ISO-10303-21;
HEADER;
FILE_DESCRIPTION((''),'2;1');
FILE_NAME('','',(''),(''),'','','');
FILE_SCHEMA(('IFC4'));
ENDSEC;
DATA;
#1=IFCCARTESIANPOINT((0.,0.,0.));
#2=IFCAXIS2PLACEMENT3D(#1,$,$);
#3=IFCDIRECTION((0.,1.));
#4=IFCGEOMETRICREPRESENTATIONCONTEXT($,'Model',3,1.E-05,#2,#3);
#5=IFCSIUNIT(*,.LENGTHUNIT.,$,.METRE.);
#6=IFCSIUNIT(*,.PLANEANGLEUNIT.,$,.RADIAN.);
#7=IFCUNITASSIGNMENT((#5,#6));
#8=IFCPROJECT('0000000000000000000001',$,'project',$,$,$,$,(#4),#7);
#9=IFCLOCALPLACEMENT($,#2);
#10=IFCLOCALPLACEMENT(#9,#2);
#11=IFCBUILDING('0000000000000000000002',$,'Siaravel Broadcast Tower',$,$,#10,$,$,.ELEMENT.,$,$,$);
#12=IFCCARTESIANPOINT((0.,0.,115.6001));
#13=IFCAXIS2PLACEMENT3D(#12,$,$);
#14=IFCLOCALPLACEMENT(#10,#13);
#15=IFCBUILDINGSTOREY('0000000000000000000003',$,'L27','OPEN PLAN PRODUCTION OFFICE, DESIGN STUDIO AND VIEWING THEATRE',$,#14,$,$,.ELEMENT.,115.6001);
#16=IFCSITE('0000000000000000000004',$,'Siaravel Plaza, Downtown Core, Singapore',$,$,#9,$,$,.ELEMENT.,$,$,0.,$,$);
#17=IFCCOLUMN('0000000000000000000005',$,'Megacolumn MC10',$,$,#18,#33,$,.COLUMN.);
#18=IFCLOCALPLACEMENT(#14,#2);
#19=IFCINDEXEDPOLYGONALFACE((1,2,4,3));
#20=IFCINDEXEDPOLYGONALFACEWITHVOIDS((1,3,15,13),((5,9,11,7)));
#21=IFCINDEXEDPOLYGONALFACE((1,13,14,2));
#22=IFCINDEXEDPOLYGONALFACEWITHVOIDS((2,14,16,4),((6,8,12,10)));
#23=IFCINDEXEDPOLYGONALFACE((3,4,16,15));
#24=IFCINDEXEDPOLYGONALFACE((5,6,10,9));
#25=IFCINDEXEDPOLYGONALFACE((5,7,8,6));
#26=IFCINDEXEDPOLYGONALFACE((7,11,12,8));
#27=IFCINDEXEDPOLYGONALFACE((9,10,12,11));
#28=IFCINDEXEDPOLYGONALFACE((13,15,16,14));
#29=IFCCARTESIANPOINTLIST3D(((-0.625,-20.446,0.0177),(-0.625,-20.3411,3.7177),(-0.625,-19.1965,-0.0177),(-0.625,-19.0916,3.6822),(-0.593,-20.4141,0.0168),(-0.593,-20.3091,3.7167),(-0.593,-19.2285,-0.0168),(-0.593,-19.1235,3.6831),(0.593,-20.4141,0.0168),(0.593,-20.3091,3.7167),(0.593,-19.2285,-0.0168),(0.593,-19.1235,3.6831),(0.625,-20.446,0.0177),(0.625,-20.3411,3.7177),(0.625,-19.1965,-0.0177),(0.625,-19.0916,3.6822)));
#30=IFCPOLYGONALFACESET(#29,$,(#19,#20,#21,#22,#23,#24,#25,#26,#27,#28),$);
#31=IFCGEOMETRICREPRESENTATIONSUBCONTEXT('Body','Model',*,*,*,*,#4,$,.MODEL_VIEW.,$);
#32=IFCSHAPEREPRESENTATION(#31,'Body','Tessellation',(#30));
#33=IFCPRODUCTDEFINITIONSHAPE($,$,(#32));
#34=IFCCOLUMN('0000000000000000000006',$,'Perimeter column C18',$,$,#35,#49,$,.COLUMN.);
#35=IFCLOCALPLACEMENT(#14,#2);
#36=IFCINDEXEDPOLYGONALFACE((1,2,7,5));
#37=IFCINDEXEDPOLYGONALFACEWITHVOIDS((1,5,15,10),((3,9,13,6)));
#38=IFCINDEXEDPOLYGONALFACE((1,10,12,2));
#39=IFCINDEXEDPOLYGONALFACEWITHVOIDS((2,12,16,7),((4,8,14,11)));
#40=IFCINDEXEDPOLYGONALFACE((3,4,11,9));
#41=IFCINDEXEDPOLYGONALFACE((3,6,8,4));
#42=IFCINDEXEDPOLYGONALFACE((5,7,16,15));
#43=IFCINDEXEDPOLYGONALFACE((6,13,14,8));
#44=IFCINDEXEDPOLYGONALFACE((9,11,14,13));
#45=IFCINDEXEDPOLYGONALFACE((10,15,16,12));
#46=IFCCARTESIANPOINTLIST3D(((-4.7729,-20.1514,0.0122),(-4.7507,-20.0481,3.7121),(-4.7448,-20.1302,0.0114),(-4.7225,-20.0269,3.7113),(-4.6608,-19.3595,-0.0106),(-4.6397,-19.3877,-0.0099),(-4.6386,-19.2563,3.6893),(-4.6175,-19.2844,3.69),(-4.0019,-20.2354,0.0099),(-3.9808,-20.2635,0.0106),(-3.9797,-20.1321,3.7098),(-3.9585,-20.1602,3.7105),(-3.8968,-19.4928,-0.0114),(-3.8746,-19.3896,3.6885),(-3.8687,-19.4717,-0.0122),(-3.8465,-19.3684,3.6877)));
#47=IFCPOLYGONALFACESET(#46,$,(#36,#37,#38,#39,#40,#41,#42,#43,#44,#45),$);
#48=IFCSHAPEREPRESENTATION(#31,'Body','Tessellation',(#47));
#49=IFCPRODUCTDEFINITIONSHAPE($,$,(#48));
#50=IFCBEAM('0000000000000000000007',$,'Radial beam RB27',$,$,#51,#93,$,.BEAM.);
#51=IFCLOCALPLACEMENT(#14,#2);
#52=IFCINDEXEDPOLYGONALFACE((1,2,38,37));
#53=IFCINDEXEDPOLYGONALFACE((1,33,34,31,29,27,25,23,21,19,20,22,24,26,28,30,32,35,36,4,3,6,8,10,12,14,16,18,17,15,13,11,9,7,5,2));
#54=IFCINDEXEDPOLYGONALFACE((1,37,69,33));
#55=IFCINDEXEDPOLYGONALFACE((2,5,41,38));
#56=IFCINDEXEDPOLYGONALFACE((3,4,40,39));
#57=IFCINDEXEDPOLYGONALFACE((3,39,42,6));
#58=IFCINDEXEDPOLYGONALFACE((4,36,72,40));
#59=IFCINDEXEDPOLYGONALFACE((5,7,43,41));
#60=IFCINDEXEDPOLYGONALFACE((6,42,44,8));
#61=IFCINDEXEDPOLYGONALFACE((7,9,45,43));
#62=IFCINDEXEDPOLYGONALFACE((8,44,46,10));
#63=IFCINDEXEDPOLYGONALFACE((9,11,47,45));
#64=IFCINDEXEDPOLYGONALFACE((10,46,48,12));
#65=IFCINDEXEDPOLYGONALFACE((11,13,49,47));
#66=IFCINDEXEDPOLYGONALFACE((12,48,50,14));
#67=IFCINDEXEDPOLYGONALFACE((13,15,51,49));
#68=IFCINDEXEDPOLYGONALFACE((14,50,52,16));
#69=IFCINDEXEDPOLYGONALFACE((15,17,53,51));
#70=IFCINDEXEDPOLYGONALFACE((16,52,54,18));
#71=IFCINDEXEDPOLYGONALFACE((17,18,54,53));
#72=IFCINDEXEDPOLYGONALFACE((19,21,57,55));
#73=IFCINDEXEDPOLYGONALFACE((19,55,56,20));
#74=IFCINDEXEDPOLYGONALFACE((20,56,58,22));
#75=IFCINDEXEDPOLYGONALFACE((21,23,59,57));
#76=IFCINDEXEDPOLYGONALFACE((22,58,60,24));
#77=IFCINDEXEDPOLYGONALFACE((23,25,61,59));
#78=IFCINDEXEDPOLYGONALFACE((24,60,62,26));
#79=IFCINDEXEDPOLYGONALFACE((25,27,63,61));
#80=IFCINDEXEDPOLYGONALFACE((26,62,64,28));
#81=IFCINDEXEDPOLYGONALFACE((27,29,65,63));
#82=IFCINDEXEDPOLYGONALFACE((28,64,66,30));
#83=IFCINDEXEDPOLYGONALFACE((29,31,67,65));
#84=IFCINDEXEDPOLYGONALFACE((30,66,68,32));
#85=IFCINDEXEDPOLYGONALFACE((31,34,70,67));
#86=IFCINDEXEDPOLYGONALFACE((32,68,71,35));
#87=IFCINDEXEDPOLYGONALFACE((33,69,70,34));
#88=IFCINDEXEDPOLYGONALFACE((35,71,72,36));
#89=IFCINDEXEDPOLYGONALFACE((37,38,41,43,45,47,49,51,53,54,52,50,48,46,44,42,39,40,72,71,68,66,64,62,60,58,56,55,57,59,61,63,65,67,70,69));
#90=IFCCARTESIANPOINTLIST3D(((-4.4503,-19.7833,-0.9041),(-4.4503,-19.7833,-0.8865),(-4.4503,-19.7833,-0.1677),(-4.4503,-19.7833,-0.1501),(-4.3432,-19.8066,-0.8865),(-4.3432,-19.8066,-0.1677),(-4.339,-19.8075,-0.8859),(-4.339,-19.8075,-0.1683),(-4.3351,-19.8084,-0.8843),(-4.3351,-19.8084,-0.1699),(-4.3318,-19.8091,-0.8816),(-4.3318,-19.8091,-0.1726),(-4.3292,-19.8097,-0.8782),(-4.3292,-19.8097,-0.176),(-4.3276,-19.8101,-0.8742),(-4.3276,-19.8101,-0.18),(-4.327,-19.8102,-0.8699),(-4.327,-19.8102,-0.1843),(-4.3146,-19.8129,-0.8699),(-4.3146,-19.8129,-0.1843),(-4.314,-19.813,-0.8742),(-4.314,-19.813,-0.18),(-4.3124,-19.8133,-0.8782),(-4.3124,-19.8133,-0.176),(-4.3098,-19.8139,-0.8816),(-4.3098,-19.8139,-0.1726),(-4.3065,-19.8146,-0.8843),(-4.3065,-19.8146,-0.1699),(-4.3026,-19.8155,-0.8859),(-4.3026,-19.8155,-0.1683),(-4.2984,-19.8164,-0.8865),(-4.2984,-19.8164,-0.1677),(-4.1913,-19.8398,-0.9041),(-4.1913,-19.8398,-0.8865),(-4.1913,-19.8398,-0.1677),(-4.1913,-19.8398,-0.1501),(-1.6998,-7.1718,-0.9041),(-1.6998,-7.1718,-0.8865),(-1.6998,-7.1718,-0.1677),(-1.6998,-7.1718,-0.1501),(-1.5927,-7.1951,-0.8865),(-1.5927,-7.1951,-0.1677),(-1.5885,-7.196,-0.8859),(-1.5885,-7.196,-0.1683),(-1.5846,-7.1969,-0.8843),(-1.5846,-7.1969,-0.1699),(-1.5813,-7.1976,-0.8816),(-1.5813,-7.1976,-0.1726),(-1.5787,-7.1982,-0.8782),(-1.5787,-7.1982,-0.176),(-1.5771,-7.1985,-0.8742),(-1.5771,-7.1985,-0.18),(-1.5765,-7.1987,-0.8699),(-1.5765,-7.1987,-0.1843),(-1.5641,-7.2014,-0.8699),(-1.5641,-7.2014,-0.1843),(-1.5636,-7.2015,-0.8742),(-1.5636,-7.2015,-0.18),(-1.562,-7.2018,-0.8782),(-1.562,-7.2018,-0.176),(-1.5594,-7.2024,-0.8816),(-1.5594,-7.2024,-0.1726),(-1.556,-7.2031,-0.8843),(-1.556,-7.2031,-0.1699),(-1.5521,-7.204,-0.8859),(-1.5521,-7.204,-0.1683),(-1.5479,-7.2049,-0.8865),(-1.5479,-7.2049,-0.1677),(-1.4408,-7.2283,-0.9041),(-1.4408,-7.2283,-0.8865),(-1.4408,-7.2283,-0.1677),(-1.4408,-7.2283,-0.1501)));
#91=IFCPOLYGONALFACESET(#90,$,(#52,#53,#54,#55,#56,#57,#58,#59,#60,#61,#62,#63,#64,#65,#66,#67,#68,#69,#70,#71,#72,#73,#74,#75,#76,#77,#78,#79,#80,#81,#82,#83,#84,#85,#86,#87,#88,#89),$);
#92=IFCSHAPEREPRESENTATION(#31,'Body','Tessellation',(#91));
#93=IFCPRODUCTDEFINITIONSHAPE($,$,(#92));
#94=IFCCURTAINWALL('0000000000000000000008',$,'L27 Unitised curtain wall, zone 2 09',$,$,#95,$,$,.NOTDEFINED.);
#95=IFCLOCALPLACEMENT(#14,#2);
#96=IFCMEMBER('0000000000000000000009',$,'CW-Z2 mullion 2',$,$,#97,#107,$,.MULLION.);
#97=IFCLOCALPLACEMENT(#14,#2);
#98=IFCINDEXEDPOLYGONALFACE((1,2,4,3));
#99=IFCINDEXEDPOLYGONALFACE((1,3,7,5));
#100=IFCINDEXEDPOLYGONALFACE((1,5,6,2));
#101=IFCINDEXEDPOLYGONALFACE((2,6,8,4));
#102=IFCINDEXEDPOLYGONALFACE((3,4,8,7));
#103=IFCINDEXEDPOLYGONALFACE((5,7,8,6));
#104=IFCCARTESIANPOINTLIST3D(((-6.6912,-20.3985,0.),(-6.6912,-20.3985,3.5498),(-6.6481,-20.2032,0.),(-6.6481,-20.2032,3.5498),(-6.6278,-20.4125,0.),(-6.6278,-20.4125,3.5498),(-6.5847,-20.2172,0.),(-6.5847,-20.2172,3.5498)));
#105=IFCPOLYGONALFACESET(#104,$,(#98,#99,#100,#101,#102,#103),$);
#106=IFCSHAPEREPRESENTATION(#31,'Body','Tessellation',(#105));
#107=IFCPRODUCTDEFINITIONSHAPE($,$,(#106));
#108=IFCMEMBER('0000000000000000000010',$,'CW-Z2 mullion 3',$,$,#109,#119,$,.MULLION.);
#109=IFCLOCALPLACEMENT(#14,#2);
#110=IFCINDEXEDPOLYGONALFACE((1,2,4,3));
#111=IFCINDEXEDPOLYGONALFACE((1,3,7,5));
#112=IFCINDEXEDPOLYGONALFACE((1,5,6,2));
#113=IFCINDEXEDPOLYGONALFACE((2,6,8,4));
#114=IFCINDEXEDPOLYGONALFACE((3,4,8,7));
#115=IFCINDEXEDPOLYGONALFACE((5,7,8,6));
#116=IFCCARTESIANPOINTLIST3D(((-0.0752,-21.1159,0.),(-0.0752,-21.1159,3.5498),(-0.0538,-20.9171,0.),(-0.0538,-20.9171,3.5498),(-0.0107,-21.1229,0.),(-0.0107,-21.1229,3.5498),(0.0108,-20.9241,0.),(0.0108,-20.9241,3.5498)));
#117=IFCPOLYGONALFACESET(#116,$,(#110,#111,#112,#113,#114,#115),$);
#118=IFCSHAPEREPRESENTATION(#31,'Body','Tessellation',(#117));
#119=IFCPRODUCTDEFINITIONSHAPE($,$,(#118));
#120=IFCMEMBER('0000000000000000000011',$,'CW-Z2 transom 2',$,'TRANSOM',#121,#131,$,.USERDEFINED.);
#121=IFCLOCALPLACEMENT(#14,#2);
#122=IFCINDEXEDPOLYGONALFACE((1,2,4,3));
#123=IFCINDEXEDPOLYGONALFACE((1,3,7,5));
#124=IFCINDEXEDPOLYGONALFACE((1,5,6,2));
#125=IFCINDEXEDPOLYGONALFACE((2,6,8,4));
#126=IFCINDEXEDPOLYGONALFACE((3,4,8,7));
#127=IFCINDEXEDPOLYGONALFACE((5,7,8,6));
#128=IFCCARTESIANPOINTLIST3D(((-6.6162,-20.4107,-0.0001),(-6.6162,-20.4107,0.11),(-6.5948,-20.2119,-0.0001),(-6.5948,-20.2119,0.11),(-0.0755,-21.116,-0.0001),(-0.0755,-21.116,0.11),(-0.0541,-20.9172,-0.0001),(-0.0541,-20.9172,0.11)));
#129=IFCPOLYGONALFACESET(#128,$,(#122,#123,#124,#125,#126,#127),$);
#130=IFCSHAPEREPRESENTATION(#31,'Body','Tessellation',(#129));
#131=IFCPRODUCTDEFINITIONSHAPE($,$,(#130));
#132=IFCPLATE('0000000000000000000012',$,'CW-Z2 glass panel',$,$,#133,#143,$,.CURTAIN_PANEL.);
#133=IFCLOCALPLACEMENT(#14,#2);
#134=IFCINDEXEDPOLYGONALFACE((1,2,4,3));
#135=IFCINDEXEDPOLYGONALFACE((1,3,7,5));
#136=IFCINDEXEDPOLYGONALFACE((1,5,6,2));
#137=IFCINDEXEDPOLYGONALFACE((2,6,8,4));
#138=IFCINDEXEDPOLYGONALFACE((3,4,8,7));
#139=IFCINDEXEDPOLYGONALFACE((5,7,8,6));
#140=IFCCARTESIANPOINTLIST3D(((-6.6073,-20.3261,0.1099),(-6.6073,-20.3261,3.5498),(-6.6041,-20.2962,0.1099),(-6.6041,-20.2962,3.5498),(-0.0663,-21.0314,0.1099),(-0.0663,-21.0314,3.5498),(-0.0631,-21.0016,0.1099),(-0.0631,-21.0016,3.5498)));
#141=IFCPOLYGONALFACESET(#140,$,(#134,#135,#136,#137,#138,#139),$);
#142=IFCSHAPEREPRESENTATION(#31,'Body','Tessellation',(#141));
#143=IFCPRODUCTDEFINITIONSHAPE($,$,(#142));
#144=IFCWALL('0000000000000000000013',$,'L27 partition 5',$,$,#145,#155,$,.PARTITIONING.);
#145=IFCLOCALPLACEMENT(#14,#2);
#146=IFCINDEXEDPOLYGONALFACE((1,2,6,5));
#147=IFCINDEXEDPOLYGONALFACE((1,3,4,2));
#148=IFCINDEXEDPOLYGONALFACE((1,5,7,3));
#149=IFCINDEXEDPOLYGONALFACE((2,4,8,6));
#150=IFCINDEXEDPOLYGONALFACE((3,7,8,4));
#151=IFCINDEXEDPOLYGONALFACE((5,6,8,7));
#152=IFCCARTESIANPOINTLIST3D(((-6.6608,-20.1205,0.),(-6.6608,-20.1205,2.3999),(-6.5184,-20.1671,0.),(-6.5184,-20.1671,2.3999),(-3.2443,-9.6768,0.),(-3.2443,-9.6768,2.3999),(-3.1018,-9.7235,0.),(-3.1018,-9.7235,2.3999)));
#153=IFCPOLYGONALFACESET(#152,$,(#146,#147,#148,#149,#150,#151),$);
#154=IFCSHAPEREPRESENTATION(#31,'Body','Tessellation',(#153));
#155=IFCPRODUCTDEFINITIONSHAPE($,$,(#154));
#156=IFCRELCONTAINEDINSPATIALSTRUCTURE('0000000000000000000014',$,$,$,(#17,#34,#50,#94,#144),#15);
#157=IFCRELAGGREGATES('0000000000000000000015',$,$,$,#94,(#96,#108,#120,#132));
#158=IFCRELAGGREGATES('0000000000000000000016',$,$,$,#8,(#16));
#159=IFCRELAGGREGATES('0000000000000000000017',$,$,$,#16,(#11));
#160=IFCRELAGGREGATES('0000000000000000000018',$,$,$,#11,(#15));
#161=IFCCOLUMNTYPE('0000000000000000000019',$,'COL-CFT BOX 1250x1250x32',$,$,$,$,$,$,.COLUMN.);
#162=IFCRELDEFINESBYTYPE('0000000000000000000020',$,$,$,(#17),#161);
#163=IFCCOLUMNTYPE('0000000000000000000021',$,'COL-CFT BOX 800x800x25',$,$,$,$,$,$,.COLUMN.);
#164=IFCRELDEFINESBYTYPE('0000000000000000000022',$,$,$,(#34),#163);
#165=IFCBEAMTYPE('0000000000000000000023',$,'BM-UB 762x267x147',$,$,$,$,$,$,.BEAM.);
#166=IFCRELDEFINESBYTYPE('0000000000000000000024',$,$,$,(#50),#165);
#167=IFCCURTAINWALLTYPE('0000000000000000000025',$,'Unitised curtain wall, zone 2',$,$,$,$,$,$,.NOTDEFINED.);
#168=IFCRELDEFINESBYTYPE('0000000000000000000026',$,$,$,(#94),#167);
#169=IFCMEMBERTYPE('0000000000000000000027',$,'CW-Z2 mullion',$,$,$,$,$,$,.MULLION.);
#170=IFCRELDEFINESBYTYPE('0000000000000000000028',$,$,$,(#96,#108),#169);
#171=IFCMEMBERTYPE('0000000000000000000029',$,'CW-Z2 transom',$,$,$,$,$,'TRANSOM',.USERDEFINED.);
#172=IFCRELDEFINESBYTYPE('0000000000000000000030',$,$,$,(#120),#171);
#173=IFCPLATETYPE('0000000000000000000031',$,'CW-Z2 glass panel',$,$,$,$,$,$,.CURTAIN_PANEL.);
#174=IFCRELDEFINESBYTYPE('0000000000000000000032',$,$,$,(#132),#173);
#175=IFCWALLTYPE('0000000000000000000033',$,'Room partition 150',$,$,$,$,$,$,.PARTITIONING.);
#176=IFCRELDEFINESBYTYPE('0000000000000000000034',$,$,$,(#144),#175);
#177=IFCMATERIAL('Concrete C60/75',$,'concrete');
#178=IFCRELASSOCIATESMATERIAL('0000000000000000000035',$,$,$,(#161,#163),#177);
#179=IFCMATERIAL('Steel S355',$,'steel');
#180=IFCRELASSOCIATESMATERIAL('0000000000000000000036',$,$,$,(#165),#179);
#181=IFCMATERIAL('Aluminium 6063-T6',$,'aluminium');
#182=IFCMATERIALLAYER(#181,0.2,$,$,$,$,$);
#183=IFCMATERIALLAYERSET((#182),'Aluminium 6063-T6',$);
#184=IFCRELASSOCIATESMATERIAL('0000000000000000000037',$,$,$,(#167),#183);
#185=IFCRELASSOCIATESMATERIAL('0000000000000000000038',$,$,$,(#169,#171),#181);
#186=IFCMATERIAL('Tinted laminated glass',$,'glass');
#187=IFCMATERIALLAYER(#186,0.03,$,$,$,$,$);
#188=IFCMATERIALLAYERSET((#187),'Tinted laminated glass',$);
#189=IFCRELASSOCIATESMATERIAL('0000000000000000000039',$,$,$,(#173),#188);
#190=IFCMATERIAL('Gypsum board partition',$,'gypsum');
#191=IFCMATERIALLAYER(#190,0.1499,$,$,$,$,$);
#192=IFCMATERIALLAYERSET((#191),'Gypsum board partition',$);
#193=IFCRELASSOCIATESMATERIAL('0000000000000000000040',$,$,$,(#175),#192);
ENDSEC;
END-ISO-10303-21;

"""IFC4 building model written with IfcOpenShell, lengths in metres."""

from ifc_helpers import new_model, si_unit, direction, frame, frame_2d, origin, origin_2d, place, context, subcontext, project, spatial, rectangle, hollow_rectangle, i_section, extrude, material, layer, layer_set, material_profile, profile_set, type_object, element, aggregate, save


model = new_model("IFC4")

# Units and contexts
model_context = context("Model", 3, precision=1e-05, world=origin(), true_north=direction((0.0, 1.0)))
body_context = subcontext(model_context, "Body", "Model", "MODEL_VIEW")
ifc_project = project(units=[si_unit("LENGTHUNIT", "METRE"), si_unit("PLANEANGLEUNIT", "RADIAN")], contexts=[model_context])

# Site, building, storey
site_placement = place(None, origin())
site = spatial("IfcSite", under=ifc_project, at=site_placement, Name="Siaravel Plaza, Downtown Core, Singapore", CompositionType="ELEMENT", RefElevation=0.0)
building_placement = place(site_placement, origin())
building = spatial("IfcBuilding", under=site, at=building_placement, Name="Siaravel Broadcast Tower", CompositionType="ELEMENT")
storey_placement = place(building_placement, frame((0.0, 0.0, 115.6001)))
storey = spatial("IfcBuildingStorey", under=building, at=storey_placement, Name="L27", Description="OPEN PLAN PRODUCTION OFFICE, DESIGN STUDIO AND VIEWING THEATRE", CompositionType="ELEMENT", Elevation=115.6001)

# Columns
ifc_material_1 = material(Name="Concrete C60/75", Category="concrete")
ifc_material_profile_1 = material_profile(ifc_material_1, hollow_rectangle(XDim=1.25, YDim=1.25, WallThickness=0.032, at=origin_2d()))
ifc_profile_set_1 = profile_set([ifc_material_profile_1], Name="Concrete C60/75")
column_type_1 = type_object("IfcColumnType", Name="COL-CFT BOX 1250x1250x32", PredefinedType="COLUMN", material=ifc_profile_set_1)
column_1_placement = place(storey_placement, frame((0.0, -19.8213, 0.0), z_axis=(0.0, 0.028362, 0.999598), x_axis=(-1.0, 0.0, 0.0)))
element("IfcColumn", 1, at=column_1_placement, inside=storey, type_object=column_type_1, Name="Megacolumn MC10", PredefinedType="COLUMN", context=body_context, shape_type="SweptSolid", body=[
    extrude(hollow_rectangle(XDim=1.25, YDim=1.25, WallThickness=0.032, at=origin_2d()), origin(), (0.0, 0.0, 1.0), 3.7014),
])
ifc_material_profile_2 = material_profile(ifc_material_1, hollow_rectangle(XDim=0.8, YDim=0.8, WallThickness=0.0249, at=origin_2d()))
ifc_profile_set_2 = profile_set([ifc_material_profile_2], Name="Concrete C60/75")
column_type_2 = type_object("IfcColumnType", Name="COL-CFT BOX 800x800x25", PredefinedType="COLUMN", material=ifc_profile_set_2)
column_2_placement = place(storey_placement, frame((-4.3208, -19.8115, 0.0), z_axis=(0.006002, 0.0279, 0.999593), x_axis=(-0.990125, 0.140169, 0.002033)))
element("IfcColumn", 2, at=column_2_placement, inside=storey, type_object=column_type_2, Name="Perimeter column C18", PredefinedType="COLUMN", context=body_context, shape_type="SweptSolid", body=[
    extrude(hollow_rectangle(XDim=0.8, YDim=0.8, WallThickness=0.0249, at=origin_2d()), origin(), (0.0, 0.0, 1.0), 3.7014),
])

# Beam
ifc_material_2 = material(Name="Steel S355", Category="steel")
ifc_material_profile_3 = material_profile(ifc_material_2, i_section(OverallWidth=0.2651, OverallDepth=0.7539, WebThickness=0.0127, FlangeThickness=0.0176, FilletRadius=0.0166, at=origin_2d()))
ifc_profile_set_3 = profile_set([ifc_material_profile_3], Name="Steel S355")
beam_type = type_object("IfcBeamType", Name="BM-UB 762x267x147", PredefinedType="BEAM", material=ifc_profile_set_3)
beam_placement = place(storey_placement, frame((-4.3208, -19.8115, -0.5271), z_axis=(0.213084, 0.977034, 0.0), x_axis=(-0.977034, 0.213084, 0.0)))
element("IfcBeam", 3, at=beam_placement, inside=storey, type_object=beam_type, Name="Radial beam RB27", PredefinedType="BEAM", context=body_context, shape_type="SweptSolid", body=[
    extrude(i_section(OverallWidth=0.2651, OverallDepth=0.7539, WebThickness=0.0127, FlangeThickness=0.0176, FilletRadius=0.0166, at=origin_2d()), origin(), (0.0, 0.0, 1.0), 12.908),
])

# Curtain wall, members, plate
ifc_material_3 = material(Name="Aluminium 6063-T6", Category="aluminium")
ifc_layer_1 = layer(ifc_material_3, 0.2)
ifc_layer_set_1 = layer_set([ifc_layer_1], Name="Aluminium 6063-T6")
curtain_wall_type = type_object("IfcCurtainWallType", Name="Unitised curtain wall, zone 2", PredefinedType="NOTDEFINED", material=ifc_layer_set_1)
curtain_wall_placement = place(storey_placement, origin())
curtain_wall = element("IfcCurtainWall", 4, at=curtain_wall_placement, inside=storey, type_object=curtain_wall_type, Name="L27 Unitised curtain wall, zone 2 09", PredefinedType="NOTDEFINED")
ifc_material_profile_4 = material_profile(ifc_material_3, rectangle(XDim=0.2, YDim=0.0649, at=origin_2d()))
ifc_profile_set_4 = profile_set([ifc_material_profile_4], Name="Aluminium 6063-T6")
member_type_1 = type_object("IfcMemberType", Name="CW-Z2 mullion", PredefinedType="MULLION", material=ifc_profile_set_4)
member_1_placement = place(storey_placement, frame((-6.6379, -20.3079, 0.0), z_axis=(0.0, 0.0, 1.0), x_axis=(0.215558, 0.976491, 0.0)))
member_1 = element("IfcMember", 5, at=member_1_placement, type_object=member_type_1, Name="CW-Z2 mullion 2", PredefinedType="MULLION", context=body_context, shape_type="SweptSolid", body=[
    extrude(rectangle(XDim=0.2, YDim=0.0649, at=origin_2d()), origin(), (0.0, 0.0, 1.0), 3.5498),
])
member_2_placement = place(storey_placement, frame((-0.0322, -21.02, 0.0), z_axis=(0.0, 0.0, 1.0), x_axis=(0.107217, 0.994236, 0.0)))
member_2 = element("IfcMember", 6, at=member_2_placement, type_object=member_type_1, Name="CW-Z2 mullion 3", PredefinedType="MULLION", context=body_context, shape_type="SweptSolid", body=[
    extrude(rectangle(XDim=0.2, YDim=0.0649, at=origin_2d()), origin(), (0.0, 0.0, 1.0), 3.5498),
])
ifc_material_profile_5 = material_profile(ifc_material_3, rectangle(XDim=0.2, YDim=0.1101, at=origin_2d()))
ifc_profile_set_5 = profile_set([ifc_material_profile_5], Name="Aluminium 6063-T6")
member_type_2 = type_object("IfcMemberType", Name="CW-Z2 transom", ElementType="TRANSOM", PredefinedType="USERDEFINED", material=ifc_profile_set_5)
member_3_placement = place(storey_placement, frame((-6.6055, -20.3113, 0.0549), z_axis=(0.994236, -0.107213, 0.0), x_axis=(0.107213, 0.994236, 0.0)))
member_3 = element("IfcMember", 7, at=member_3_placement, type_object=member_type_2, Name="CW-Z2 transom 2", ObjectType="TRANSOM", PredefinedType="USERDEFINED", context=body_context, shape_type="SweptSolid", body=[
    extrude(rectangle(XDim=0.2, YDim=0.1101, at=origin_2d()), origin(), (0.0, 0.0, 1.0), 6.5786),
])
ifc_material_4 = material(Name="Tinted laminated glass", Category="glass")
ifc_layer_2 = layer(ifc_material_4, 0.03)
ifc_layer_set_2 = layer_set([ifc_layer_2], Name="Tinted laminated glass")
plate_type = type_object("IfcPlateType", Name="CW-Z2 glass panel", PredefinedType="CURTAIN_PANEL", material=ifc_layer_set_2)
plate_placement = place(storey_placement, frame((-3.3352, -20.6638, 0.1099), z_axis=(0.0, 0.0, 1.0), x_axis=(0.994236, -0.107217, 0.0)))
plate = element("IfcPlate", 8, at=plate_placement, type_object=plate_type, Name="CW-Z2 glass panel", PredefinedType="CURTAIN_PANEL", context=body_context, shape_type="SweptSolid", body=[
    extrude(rectangle(XDim=6.5789, YDim=0.03, at=origin_2d()), origin(), (0.0, 0.0, 1.0), 3.4399),
])
aggregate(curtain_wall, [member_1, member_2, member_3, plate])

# Wall
ifc_material_5 = material(Name="Gypsum board partition", Category="gypsum")
ifc_layer_3 = layer(ifc_material_5, 0.1499)
ifc_layer_set_3 = layer_set([ifc_layer_3], Name="Gypsum board partition")
wall_type = type_object("IfcWallType", Name="Room partition 150", PredefinedType="PARTITIONING", material=ifc_layer_set_3)
wall_placement = place(storey_placement, frame((-6.5896, -20.1438, 0.0), z_axis=(0.0, 0.0, 1.0), x_axis=(0.310924, 0.950435, 0.0)))
element("IfcWall", 9, at=wall_placement, inside=storey, type_object=wall_type, Name="L27 partition 5", PredefinedType="PARTITIONING", context=body_context, shape_type="SweptSolid", body=[
    extrude(rectangle(XDim=10.9883, YDim=0.1499, at=frame_2d((5.4941, 0.0))), origin(), (0.0, 0.0, 1.0), 2.3999),
])

save(model, "model.ifc")
